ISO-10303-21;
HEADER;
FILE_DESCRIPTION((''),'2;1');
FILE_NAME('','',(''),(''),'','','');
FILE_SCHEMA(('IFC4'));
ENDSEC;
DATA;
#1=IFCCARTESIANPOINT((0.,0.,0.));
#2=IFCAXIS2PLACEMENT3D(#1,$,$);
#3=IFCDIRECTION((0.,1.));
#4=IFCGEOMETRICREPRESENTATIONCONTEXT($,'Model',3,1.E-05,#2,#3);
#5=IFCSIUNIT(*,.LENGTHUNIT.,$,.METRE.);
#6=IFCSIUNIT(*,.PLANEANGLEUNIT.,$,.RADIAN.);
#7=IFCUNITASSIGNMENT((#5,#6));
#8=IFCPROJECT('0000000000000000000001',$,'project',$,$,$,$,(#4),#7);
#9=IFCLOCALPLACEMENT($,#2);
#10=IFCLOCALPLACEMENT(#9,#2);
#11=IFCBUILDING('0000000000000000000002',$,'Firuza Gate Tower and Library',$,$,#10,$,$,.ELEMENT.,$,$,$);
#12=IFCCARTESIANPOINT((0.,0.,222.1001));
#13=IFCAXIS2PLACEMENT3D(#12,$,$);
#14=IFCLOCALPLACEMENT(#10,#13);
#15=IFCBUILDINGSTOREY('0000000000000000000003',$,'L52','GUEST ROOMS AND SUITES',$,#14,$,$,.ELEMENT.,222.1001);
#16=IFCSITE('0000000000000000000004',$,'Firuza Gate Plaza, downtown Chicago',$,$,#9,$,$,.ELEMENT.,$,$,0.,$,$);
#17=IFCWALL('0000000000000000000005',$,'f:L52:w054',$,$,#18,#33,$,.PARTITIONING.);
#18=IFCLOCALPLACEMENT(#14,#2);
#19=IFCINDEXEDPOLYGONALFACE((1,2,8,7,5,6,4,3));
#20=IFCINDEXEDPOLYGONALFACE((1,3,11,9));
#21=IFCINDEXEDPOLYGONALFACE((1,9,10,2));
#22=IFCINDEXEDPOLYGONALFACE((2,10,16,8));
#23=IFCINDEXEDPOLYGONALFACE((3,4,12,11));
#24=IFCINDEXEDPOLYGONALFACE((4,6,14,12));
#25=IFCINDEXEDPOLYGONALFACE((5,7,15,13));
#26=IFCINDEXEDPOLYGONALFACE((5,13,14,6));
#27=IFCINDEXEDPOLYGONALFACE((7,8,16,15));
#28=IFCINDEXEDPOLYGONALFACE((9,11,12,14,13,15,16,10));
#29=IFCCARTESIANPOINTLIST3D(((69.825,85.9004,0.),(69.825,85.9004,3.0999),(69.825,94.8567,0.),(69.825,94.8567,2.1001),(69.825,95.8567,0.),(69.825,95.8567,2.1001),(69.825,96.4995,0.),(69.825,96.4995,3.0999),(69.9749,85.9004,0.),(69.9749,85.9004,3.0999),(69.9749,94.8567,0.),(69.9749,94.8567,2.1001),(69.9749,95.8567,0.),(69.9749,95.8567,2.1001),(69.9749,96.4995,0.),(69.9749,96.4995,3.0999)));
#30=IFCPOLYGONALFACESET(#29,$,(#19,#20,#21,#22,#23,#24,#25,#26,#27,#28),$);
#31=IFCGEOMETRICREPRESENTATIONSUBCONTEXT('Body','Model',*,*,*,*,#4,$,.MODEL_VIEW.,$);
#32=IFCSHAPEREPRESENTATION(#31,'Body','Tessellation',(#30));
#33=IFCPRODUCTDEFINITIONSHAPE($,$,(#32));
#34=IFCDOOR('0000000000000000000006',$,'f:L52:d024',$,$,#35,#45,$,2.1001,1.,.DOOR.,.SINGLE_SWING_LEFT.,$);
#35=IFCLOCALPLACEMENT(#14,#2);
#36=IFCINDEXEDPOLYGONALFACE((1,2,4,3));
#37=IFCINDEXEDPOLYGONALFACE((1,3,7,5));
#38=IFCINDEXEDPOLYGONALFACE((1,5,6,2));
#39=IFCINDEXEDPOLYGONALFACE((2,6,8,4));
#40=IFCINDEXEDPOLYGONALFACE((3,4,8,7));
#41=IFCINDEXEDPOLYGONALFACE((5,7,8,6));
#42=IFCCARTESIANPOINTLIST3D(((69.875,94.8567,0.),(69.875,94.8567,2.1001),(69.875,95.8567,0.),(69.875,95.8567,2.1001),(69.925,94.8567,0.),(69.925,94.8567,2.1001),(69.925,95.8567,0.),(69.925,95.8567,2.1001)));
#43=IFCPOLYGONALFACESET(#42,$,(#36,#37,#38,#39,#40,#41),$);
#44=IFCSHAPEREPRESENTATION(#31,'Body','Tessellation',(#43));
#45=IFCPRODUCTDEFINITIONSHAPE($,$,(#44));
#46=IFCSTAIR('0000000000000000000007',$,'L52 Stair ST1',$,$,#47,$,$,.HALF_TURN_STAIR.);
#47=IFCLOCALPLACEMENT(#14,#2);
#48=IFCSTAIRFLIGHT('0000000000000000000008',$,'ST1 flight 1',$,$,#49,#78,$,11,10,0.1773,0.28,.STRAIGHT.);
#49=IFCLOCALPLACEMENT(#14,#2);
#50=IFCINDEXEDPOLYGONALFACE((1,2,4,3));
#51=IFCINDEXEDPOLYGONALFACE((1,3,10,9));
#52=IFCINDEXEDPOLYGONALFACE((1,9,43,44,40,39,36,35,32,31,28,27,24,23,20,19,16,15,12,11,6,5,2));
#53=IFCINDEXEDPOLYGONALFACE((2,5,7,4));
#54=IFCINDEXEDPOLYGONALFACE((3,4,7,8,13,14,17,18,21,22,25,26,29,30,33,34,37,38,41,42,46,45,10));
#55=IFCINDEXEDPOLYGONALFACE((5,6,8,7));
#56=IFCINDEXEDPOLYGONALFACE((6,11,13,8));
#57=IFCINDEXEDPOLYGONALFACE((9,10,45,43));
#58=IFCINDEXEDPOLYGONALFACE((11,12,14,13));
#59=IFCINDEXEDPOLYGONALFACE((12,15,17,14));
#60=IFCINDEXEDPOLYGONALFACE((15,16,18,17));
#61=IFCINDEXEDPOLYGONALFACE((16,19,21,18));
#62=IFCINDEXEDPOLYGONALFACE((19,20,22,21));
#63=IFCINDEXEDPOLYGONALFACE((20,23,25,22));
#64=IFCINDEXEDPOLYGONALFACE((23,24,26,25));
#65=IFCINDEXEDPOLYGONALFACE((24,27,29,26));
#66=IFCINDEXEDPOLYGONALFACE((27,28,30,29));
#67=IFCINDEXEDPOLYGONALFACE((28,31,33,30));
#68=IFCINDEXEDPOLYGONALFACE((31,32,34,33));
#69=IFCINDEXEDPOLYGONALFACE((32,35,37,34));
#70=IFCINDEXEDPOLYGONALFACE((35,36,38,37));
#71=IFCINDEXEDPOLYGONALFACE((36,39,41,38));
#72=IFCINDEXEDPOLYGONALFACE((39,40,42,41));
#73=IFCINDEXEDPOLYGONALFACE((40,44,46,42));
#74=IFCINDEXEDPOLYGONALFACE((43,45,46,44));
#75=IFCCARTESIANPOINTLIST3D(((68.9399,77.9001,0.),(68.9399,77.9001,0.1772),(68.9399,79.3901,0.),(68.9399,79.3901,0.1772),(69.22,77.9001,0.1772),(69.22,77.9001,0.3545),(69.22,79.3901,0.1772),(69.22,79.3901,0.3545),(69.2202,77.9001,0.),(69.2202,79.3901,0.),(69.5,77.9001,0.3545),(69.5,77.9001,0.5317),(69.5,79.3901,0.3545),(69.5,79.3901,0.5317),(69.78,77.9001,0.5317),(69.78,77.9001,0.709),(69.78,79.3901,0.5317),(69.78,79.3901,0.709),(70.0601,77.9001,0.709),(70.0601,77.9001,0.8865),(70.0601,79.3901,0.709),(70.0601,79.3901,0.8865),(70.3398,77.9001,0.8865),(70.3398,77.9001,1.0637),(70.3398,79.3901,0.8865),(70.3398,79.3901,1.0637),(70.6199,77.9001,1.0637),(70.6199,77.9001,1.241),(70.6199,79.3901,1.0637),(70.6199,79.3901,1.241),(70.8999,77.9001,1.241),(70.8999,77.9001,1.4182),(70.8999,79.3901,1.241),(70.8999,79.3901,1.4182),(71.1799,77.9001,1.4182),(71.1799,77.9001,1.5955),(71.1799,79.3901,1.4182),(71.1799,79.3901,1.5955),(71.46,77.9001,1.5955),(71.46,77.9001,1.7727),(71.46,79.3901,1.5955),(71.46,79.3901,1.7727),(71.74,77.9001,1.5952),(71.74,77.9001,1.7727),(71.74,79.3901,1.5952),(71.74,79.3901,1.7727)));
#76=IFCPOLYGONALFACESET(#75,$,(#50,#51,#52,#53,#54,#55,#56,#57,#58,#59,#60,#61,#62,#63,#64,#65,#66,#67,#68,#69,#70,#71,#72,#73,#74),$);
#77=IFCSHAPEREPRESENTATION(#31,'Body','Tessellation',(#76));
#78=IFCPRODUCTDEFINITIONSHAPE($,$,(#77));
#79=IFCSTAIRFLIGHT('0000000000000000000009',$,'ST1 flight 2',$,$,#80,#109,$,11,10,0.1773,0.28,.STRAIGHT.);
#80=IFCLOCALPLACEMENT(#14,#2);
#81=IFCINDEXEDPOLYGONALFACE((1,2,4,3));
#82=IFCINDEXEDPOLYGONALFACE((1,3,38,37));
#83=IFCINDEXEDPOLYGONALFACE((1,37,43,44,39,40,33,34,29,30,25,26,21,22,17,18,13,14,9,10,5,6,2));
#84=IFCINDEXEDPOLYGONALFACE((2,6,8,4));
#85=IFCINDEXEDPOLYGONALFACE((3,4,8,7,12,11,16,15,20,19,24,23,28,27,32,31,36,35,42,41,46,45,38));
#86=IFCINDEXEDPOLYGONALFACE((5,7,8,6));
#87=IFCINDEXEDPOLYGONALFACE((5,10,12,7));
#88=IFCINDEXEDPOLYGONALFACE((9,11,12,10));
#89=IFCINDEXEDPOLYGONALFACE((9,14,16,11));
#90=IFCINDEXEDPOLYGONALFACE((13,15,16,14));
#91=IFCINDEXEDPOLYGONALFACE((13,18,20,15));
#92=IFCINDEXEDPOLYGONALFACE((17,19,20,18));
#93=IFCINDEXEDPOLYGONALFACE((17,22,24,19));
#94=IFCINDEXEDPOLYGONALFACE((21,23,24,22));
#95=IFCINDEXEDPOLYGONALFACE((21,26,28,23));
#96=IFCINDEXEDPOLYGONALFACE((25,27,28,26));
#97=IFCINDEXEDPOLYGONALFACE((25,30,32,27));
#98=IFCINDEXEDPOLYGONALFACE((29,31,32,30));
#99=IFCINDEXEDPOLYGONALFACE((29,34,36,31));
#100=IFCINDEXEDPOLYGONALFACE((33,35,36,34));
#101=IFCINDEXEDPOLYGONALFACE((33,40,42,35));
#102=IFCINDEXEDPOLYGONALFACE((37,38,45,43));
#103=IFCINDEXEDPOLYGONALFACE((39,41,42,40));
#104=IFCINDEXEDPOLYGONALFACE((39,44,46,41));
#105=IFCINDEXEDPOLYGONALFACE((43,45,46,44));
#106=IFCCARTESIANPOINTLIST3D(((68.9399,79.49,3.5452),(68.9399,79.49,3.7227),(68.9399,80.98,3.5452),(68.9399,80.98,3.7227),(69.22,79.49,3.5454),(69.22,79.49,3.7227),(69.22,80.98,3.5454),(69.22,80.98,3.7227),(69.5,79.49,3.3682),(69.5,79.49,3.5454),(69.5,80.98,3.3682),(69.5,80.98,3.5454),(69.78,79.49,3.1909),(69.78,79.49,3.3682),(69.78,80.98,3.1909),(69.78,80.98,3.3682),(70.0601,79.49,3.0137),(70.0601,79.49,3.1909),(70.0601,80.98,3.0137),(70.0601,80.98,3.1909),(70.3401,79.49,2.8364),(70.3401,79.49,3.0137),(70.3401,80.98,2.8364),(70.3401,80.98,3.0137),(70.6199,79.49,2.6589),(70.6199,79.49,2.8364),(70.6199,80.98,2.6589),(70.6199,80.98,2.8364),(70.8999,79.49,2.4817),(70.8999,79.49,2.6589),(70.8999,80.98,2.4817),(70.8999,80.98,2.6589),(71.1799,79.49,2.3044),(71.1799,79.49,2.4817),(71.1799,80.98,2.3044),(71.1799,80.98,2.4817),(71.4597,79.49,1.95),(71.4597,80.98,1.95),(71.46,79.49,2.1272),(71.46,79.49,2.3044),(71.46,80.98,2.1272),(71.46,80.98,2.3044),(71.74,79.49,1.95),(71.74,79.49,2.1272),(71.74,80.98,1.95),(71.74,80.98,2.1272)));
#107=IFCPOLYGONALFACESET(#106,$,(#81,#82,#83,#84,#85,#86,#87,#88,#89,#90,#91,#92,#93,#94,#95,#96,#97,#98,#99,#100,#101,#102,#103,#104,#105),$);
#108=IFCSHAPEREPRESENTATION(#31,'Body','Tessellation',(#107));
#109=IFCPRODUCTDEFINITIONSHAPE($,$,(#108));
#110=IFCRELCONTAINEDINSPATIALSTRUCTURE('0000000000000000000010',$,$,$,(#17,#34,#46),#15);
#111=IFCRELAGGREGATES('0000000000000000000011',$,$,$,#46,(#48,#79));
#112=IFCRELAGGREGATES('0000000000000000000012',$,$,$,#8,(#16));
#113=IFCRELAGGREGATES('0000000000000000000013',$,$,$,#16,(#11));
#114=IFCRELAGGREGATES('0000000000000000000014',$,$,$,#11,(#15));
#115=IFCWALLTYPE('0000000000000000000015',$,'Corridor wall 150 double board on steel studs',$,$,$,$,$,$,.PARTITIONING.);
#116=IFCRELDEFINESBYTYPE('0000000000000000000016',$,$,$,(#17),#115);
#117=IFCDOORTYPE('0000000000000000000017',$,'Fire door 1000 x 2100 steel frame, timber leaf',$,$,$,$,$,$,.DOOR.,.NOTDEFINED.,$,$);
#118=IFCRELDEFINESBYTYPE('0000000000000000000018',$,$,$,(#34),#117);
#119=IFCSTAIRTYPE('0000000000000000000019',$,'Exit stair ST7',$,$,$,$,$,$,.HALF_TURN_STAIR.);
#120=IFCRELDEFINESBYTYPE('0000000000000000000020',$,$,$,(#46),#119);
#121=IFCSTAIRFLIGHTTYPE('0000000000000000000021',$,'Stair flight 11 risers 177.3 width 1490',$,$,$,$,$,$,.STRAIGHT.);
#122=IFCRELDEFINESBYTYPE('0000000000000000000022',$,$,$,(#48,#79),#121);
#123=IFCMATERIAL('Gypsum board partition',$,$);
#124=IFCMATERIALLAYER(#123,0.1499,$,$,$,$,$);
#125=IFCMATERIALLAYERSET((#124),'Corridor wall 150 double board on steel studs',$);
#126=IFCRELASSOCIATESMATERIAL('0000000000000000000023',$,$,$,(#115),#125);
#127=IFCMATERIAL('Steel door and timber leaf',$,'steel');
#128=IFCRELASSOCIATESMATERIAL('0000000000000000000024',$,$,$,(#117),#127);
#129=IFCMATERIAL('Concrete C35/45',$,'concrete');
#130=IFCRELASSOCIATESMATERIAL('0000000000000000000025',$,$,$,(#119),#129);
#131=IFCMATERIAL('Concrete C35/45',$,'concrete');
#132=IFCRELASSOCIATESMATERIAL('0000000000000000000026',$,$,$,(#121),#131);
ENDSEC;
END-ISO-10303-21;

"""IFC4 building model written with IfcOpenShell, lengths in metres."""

from ifc_helpers import new_model, si_unit, direction, frame, frame_2d, origin, place, context, subcontext, project, spatial, polyline, rectangle, outline, extrude, material, layer, layer_set, type_object, element, fill, aggregate, save


model = new_model("IFC4")

# Units and contexts
model_context = context("Model", 3, precision=1e-05, world=origin(), true_north=direction((0.0, 1.0)))
body_context = subcontext(model_context, "Body", "Model", "MODEL_VIEW")
ifc_project = project(units=[si_unit("LENGTHUNIT", "METRE"), si_unit("PLANEANGLEUNIT", "RADIAN")], contexts=[model_context])

# Site, building, storey
site_placement = place(None, origin())
site = spatial("IfcSite", under=ifc_project, at=site_placement, Name="Firuza Gate Plaza, downtown Chicago", CompositionType="ELEMENT", RefElevation=0.0)
building_placement = place(site_placement, origin())
building = spatial("IfcBuilding", under=site, at=building_placement, Name="Firuza Gate Tower and Library", CompositionType="ELEMENT")
storey_placement = place(building_placement, frame((0.0, 0.0, 222.1001)))
storey = spatial("IfcBuildingStorey", under=building, at=storey_placement, Name="L52", Description="GUEST ROOMS AND SUITES", CompositionType="ELEMENT", Elevation=222.1001)

# Shared definitions
ifc_material_1 = material(Name="Gypsum board partition")
ifc_layer_1 = layer(ifc_material_1, 0.1499)
ifc_layer_set_1 = layer_set([ifc_layer_1], Name="Corridor wall 150 double board on steel studs")
wall_type_1 = type_object("IfcWallType", Name="Corridor wall 150 double board on steel studs", PredefinedType="PARTITIONING", material=ifc_layer_set_1)

# Wall, opening, door
wall_1_placement = place(storey_placement, frame((69.8999, 85.9004, 0.0), z_axis=(0.0, 0.0, 1.0), x_axis=(0.0, 1.0, 0.0)))
wall_1 = element("IfcWall", 1, at=wall_1_placement, inside=storey, type_object=wall_type_1, Name="f:L52:w054", PredefinedType="PARTITIONING", context=body_context, shape_type="SweptSolid", body=[
    extrude(rectangle(XDim=10.5991, YDim=0.1499, at=frame_2d((5.2996, 0.0))), origin(), (0.0, 0.0, 1.0), 3.0999),
])
opening_1_placement = place(wall_1_placement, frame((8.9563, 0.0, 0.0)))
opening_1 = element("IfcOpeningElement", 2, at=opening_1_placement, cuts=wall_1, PredefinedType="OPENING", context=body_context, shape_type="SweptSolid", body=[
    extrude(rectangle(XDim=1.0, YDim=2.1001, at=frame_2d((0.5, 1.05))), frame((0.0, 0.085, 0.0), z_axis=(0.0, -1.0, 0.0), x_axis=(1.0, 0.0, 0.0)), (0.0, 0.0, 1.0), 0.1699),
])
ifc_material_2 = material(Name="Steel door and timber leaf", Category="steel")
door_type_1 = type_object("IfcDoorType", Name="Fire door 1000 x 2100 steel frame, timber leaf", OperationType="NOTDEFINED", PredefinedType="DOOR", material=ifc_material_2)
door_1_placement = place(opening_1_placement, origin())
door_1 = element("IfcDoor", 3, at=door_1_placement, inside=storey, type_object=door_type_1, Name="f:L52:d024", OperationType="SINGLE_SWING_LEFT", OverallHeight=2.1001, OverallWidth=1.0, PredefinedType="DOOR", context=body_context, shape_type="SweptSolid", body=[
    extrude(rectangle(XDim=1.0, YDim=2.1001, at=frame_2d((0.5, 1.05))), frame((0.0, 0.0249, 0.0), z_axis=(0.0, -1.0, 0.0), x_axis=(1.0, 0.0, 0.0)), (0.0, 0.0, 1.0), 0.05),
])
fill(opening_1, door_1)

# Stair, stair flights
ifc_material_3 = material(Name="Concrete C35/45", Category="concrete")
stair_type = type_object("IfcStairType", Name="Exit stair ST7", PredefinedType="HALF_TURN_STAIR", material=ifc_material_3)
stair_placement = place(storey_placement, origin())
stair = element("IfcStair", 4, at=stair_placement, inside=storey, type_object=stair_type, Name="L52 Stair ST1", PredefinedType="HALF_TURN_STAIR")
ifc_material_4 = material(Name="Concrete C35/45", Category="concrete")
stair_flight_type = type_object("IfcStairFlightType", Name="Stair flight 11 risers 177.3 width 1490", PredefinedType="STRAIGHT", material=ifc_material_4)
stair_flight_1_placement = place(storey_placement, frame((68.9399, 78.645, 0.0), z_axis=(0.0, 0.0, 1.0), x_axis=(1.0, 0.0, 0.0)))
stair_flight_1 = element("IfcStairFlight", 5, at=stair_flight_1_placement, type_object=stair_flight_type, Name="ST1 flight 1", NumberOfRisers=11, NumberOfTreads=10, PredefinedType="STRAIGHT", RiserHeight=0.1773, TreadLength=0.28, context=body_context, shape_type="SweptSolid", body=[
    extrude(outline(polyline([(0.0, 0.0), (0.0, 0.1772), (0.28, 0.1772), (0.28, 0.3545), (0.5601, 0.3545), (0.5601, 0.5317), (0.8401, 0.5317), (0.8401, 0.709), (1.1201, 0.709), (1.1201, 0.8865), (1.3999, 0.8865), (1.3999, 1.0637), (1.6799, 1.0637), (1.6799, 1.241), (1.96, 1.241), (1.96, 1.4182), (2.24, 1.4182), (2.24, 1.5955), (2.52, 1.5955), (2.52, 1.7727), (2.8, 1.7727), (2.8, 1.95), (2.8, 1.5952), (0.2803, 0.0), (0.0, 0.0)])), frame((0.0, 0.7451, 0.0), z_axis=(0.0, -1.0, 0.0), x_axis=(1.0, 0.0, 0.0)), (0.0, 0.0, 1.0), 1.49),
])
stair_flight_2_placement = place(storey_placement, frame((71.74, 80.2351, 1.95), z_axis=(0.0, 0.0, 1.0), x_axis=(-1.0, 0.0, 0.0)))
stair_flight_2 = element("IfcStairFlight", 6, at=stair_flight_2_placement, type_object=stair_flight_type, Name="ST1 flight 2", NumberOfRisers=11, NumberOfTreads=10, PredefinedType="STRAIGHT", RiserHeight=0.1773, TreadLength=0.28, context=body_context, shape_type="SweptSolid", body=[
    extrude(outline(polyline([(0.0, 0.0), (0.0, 0.1772), (0.28, 0.1772), (0.28, 0.3545), (0.5601, 0.3545), (0.5601, 0.5317), (0.8401, 0.5317), (0.8401, 0.709), (1.1201, 0.709), (1.1201, 0.8865), (1.3999, 0.8865), (1.3999, 1.0637), (1.6799, 1.0637), (1.6799, 1.241), (1.96, 1.241), (1.96, 1.4182), (2.24, 1.4182), (2.24, 1.5955), (2.52, 1.5955), (2.52, 1.7727), (2.8, 1.7727), (2.8, 1.95), (2.8, 1.5952), (0.2803, 0.0), (0.0, 0.0)])), frame((0.0, 0.7451, 0.0), z_axis=(0.0, -1.0, 0.0), x_axis=(1.0, 0.0, 0.0)), (0.0, 0.0, 1.0), 1.49),
])
aggregate(stair, [stair_flight_1, stair_flight_2])

save(model, "model.ifc")
